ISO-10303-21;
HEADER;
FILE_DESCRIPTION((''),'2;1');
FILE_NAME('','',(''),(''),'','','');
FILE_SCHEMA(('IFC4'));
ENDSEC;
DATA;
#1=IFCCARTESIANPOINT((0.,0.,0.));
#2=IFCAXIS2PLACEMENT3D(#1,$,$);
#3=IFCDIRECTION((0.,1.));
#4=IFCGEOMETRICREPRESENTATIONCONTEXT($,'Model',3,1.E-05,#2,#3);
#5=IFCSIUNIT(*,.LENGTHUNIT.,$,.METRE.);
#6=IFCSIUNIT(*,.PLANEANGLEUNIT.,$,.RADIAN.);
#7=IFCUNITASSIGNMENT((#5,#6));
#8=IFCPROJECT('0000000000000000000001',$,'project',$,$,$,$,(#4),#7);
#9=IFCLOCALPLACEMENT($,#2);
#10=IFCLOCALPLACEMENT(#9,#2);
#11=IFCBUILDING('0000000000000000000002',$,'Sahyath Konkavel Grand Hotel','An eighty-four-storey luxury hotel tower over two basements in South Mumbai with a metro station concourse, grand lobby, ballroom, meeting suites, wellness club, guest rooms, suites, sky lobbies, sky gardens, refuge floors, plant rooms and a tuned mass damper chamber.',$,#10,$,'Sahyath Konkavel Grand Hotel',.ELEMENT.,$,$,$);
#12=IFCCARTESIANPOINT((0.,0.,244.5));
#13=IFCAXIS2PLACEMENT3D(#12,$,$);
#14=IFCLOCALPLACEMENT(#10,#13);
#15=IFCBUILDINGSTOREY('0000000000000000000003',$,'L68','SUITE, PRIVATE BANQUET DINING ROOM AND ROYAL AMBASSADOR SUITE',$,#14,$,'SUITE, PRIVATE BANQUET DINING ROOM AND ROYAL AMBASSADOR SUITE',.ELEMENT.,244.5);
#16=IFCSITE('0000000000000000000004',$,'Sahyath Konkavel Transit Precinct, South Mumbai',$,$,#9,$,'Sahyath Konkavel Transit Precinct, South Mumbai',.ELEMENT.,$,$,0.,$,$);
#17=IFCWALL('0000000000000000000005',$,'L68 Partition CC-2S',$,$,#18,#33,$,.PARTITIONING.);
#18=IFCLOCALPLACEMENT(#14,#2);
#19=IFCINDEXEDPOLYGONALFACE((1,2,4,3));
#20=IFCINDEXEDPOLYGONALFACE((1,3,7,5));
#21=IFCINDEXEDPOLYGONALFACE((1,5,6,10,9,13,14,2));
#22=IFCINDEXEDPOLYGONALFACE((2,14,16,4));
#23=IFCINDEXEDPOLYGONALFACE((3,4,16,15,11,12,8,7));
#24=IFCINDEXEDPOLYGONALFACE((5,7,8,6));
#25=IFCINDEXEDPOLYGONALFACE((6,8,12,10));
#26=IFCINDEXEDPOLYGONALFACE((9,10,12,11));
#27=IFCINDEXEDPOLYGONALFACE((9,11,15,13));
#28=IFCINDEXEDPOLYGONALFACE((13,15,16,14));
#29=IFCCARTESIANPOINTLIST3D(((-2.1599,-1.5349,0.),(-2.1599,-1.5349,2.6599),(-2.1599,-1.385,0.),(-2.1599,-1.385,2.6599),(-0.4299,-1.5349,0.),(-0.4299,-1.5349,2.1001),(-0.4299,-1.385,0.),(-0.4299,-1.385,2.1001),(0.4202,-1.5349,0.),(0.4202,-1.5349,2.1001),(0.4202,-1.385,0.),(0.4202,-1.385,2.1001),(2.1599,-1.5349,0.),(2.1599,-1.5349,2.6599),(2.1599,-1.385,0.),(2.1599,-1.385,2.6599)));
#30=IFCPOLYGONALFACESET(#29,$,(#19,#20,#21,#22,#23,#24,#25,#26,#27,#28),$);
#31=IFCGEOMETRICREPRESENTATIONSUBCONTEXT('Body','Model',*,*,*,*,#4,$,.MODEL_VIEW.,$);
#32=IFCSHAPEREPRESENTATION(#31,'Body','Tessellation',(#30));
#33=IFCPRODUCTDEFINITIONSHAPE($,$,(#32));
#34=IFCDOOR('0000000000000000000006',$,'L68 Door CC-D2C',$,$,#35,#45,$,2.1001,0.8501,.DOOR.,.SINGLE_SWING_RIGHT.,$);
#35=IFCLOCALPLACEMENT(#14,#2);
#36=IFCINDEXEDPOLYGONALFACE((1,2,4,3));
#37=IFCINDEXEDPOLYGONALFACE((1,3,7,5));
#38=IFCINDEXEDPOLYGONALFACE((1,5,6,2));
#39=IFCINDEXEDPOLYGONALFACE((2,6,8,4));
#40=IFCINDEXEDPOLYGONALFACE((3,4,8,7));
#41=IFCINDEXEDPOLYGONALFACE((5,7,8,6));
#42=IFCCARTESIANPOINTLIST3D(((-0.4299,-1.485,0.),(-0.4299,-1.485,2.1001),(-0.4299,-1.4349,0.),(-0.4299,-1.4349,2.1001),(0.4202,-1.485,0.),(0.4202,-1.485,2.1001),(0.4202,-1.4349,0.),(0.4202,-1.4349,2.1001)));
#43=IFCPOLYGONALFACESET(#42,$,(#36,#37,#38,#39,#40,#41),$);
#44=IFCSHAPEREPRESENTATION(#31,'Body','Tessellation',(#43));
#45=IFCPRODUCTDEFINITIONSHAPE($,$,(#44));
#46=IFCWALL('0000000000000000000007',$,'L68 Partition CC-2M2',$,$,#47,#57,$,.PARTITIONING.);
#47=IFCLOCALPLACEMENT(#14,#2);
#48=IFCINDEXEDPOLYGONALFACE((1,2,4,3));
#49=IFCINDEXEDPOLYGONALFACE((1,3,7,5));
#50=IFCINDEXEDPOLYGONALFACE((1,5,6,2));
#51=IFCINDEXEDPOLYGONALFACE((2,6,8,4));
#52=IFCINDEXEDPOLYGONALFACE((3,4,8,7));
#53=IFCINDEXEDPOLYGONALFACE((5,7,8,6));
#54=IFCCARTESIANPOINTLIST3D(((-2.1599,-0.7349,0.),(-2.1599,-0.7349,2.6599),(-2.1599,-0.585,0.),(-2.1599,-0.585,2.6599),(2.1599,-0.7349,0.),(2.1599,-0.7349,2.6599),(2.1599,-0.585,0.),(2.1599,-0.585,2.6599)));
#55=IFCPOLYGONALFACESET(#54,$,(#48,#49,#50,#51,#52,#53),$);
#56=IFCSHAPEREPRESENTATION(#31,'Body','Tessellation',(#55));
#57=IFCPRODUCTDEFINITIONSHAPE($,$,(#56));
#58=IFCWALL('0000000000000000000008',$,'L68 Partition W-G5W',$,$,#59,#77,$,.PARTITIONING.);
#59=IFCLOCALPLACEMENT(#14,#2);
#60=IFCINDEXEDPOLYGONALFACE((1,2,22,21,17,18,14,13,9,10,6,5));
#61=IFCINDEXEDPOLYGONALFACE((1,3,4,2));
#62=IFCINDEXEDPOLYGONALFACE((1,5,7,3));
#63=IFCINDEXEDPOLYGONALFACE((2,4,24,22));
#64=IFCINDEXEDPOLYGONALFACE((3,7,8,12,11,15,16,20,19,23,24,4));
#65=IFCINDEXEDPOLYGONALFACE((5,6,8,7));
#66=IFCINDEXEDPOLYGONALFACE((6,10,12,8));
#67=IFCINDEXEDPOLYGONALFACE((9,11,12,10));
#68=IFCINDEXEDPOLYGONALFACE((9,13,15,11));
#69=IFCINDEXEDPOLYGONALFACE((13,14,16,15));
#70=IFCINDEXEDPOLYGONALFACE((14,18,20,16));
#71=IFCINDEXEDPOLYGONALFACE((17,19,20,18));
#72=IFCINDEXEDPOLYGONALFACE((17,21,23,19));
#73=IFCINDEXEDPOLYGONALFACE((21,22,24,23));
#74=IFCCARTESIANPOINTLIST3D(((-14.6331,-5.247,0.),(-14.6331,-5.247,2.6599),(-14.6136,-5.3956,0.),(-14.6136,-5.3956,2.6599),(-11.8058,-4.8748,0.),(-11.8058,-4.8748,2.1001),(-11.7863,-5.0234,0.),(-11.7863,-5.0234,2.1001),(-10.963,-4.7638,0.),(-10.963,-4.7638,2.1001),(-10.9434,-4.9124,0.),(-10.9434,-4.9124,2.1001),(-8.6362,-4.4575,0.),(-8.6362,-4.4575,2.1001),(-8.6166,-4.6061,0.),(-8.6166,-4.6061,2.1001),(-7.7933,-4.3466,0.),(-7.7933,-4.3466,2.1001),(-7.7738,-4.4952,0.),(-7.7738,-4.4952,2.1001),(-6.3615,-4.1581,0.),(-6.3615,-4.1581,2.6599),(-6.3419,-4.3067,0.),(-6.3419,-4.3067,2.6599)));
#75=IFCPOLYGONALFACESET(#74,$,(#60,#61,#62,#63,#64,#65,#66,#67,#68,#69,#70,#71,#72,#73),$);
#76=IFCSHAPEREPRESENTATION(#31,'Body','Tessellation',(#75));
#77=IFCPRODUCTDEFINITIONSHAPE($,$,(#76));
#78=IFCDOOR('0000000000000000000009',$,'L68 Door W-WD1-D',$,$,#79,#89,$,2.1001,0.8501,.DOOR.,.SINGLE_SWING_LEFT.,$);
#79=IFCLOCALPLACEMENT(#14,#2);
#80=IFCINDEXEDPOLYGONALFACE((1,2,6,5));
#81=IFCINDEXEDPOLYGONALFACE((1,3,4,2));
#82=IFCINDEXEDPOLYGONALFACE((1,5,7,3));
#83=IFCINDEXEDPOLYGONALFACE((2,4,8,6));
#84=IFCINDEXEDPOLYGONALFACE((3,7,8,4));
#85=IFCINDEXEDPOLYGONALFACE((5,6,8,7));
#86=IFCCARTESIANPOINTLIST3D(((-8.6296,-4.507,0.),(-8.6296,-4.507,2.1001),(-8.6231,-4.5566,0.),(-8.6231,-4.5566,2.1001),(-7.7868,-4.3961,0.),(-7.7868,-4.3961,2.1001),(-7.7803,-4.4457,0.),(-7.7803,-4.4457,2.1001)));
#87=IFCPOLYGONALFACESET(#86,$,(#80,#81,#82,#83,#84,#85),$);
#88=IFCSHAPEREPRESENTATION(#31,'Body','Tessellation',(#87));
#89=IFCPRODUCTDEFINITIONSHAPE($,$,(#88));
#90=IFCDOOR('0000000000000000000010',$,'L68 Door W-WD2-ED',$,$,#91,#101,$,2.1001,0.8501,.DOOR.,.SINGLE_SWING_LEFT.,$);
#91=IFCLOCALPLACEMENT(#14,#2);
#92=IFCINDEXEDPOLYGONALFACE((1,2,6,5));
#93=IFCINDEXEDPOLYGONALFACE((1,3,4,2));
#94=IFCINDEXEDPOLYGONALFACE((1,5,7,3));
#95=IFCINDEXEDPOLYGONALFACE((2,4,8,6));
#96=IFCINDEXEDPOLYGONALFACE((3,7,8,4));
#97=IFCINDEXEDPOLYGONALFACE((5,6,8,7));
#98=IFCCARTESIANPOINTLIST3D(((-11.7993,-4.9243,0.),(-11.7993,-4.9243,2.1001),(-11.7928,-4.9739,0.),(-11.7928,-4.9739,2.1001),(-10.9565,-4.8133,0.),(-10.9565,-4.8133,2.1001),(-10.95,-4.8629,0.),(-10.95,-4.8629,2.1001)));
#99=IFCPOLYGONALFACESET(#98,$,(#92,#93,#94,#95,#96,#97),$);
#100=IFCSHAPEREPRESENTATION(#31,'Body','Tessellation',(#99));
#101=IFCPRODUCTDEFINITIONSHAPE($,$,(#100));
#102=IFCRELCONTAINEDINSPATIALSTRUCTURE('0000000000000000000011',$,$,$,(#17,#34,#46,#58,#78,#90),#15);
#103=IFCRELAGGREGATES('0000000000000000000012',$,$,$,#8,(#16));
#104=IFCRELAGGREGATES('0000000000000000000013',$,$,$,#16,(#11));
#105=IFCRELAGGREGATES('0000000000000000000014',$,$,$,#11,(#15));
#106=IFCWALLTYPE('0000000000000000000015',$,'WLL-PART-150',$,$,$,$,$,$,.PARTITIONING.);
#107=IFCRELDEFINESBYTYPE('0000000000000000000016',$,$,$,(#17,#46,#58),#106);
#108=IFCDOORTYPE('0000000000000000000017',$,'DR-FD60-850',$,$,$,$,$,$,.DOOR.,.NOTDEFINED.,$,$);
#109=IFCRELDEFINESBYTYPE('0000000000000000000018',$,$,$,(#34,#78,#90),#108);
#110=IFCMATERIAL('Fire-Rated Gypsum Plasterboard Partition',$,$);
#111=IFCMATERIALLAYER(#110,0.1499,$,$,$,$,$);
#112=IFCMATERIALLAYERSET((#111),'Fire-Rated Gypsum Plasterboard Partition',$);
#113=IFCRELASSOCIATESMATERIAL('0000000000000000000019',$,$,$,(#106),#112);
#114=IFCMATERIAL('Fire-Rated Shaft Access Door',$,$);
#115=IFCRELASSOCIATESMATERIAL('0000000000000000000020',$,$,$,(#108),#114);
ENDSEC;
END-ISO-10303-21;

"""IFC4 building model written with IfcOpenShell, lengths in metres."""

from ifc_helpers import new_model, si_unit, direction, frame, frame_2d, origin, origin_2d, place, context, subcontext, project, spatial, rectangle, extrude, source, transform, mapped, material, layer, layer_set, type_object, element, fill, save


model = new_model("IFC4")

# Units and contexts
model_context = context("Model", 3, precision=1e-05, world=origin(), true_north=direction((0.0, 1.0)))
body_context = subcontext(model_context, "Body", "Model", "MODEL_VIEW")
ifc_project = project(units=[si_unit("LENGTHUNIT", "METRE"), si_unit("PLANEANGLEUNIT", "RADIAN")], contexts=[model_context])

# Site, building, storey
site_placement = place(None, origin())
site = spatial("IfcSite", under=ifc_project, at=site_placement, Name="Sahyath Konkavel Transit Precinct, South Mumbai", LongName="Sahyath Konkavel Transit Precinct, South Mumbai", CompositionType="ELEMENT", RefElevation=0.0)
building_placement = place(site_placement, origin())
building = spatial("IfcBuilding", under=site, at=building_placement, Name="Sahyath Konkavel Grand Hotel", Description="An eighty-four-storey luxury hotel tower over two basements in South Mumbai with a metro station concourse, grand lobby, ballroom, meeting suites, wellness club, guest rooms, suites, sky lobbies, sky gardens, refuge floors, plant rooms and a tuned mass damper chamber.", LongName="Sahyath Konkavel Grand Hotel", CompositionType="ELEMENT")
storey_placement = place(building_placement, frame((0.0, 0.0, 244.5)))
storey = spatial("IfcBuildingStorey", under=building, at=storey_placement, Name="L68", Description="SUITE, PRIVATE BANQUET DINING ROOM AND ROYAL AMBASSADOR SUITE", LongName="SUITE, PRIVATE BANQUET DINING ROOM AND ROYAL AMBASSADOR SUITE", CompositionType="ELEMENT", Elevation=244.5)

# Shared definitions
ifc_material_1 = material(Name="Fire-Rated Gypsum Plasterboard Partition")
ifc_layer_1 = layer(ifc_material_1, 0.1499)
ifc_layer_set_1 = layer_set([ifc_layer_1], Name="Fire-Rated Gypsum Plasterboard Partition")
wall_type_1 = type_object("IfcWallType", Name="WLL-PART-150", PredefinedType="PARTITIONING", material=ifc_layer_set_1)

# Wall, opening, door
wall_1_placement = place(storey_placement, frame((-2.1599, -1.46, 0.0), z_axis=(0.0, 0.0, 1.0), x_axis=(1.0, 0.0, 0.0)))
wall_1 = element("IfcWall", 1, at=wall_1_placement, inside=storey, type_object=wall_type_1, Name="L68 Partition CC-2S", PredefinedType="PARTITIONING", context=body_context, shape_type="SweptSolid", body=[
    extrude(rectangle(XDim=4.3198, YDim=0.1499, at=frame_2d((2.1599, 0.0))), origin(), (0.0, 0.0, 1.0), 2.6599),
])
opening_1_placement = place(wall_1_placement, frame((1.73, 0.0, 0.0)))
opening_1 = element("IfcOpeningElement", 2, at=opening_1_placement, cuts=wall_1, PredefinedType="OPENING", context=body_context, shape_type="SweptSolid", body=[
    extrude(rectangle(XDim=0.8501, YDim=2.1001, at=frame_2d((0.425, 1.05))), frame((0.0, 0.085, 0.0), z_axis=(0.0, -1.0, 0.0), x_axis=(1.0, 0.0, 0.0)), (0.0, 0.0, 1.0), 0.1699),
])
ifc_material_2 = material(Name="Fire-Rated Shaft Access Door")
door_type_1 = type_object("IfcDoorType", Name="DR-FD60-850", OperationType="NOTDEFINED", PredefinedType="DOOR", material=ifc_material_2)
shared_shape_1 = source(origin(), body_context, "Body", "SweptSolid", [
    extrude(rectangle(XDim=0.8501, YDim=0.05, at=origin_2d()), origin(), (0.0, 0.0, 1.0), 2.1001),
])
door_1_placement = place(opening_1_placement, frame((0.425, 0.0, 0.0)))
door_1 = element("IfcDoor", 3, at=door_1_placement, inside=storey, type_object=door_type_1, Name="L68 Door CC-D2C", OperationType="SINGLE_SWING_RIGHT", OverallHeight=2.1001, OverallWidth=0.8501, PredefinedType="DOOR", context=body_context, shape_type="MappedRepresentation", body=[
    mapped(shared_shape_1, transform((0.0, 0.0, 0.0), scale=1.0)),
])
fill(opening_1, door_1)

# Wall
wall_2_placement = place(storey_placement, frame((-2.1599, -0.6599, 0.0), z_axis=(0.0, 0.0, 1.0), x_axis=(1.0, 0.0, 0.0)))
element("IfcWall", 4, at=wall_2_placement, inside=storey, type_object=wall_type_1, Name="L68 Partition CC-2M2", PredefinedType="PARTITIONING", context=body_context, shape_type="SweptSolid", body=[
    extrude(rectangle(XDim=4.3198, YDim=0.1499, at=frame_2d((2.1599, 0.0))), origin(), (0.0, 0.0, 1.0), 2.6599),
])

# Wall, openings, doors
wall_3_placement = place(storey_placement, frame((-6.3518, -4.2324, 0.0), z_axis=(0.0, 0.0, 1.0), x_axis=(-0.991447, -0.130511, 0.0)))
wall_3 = element("IfcWall", 5, at=wall_3_placement, inside=storey, type_object=wall_type_1, Name="L68 Partition W-G5W", PredefinedType="PARTITIONING", context=body_context, shape_type="SweptSolid", body=[
    extrude(rectangle(XDim=8.343, YDim=0.1499, at=frame_2d((4.1714, 0.0))), origin(), (0.0, 0.0, 1.0), 2.6599),
])
opening_2_placement = place(wall_3_placement, frame((1.4441, 0.0, 0.0)))
opening_2 = element("IfcOpeningElement", 6, at=opening_2_placement, cuts=wall_3, PredefinedType="OPENING", context=body_context, shape_type="SweptSolid", body=[
    extrude(rectangle(XDim=0.8501, YDim=2.1001, at=frame_2d((0.425, 1.05))), frame((0.0, 0.085, 0.0), z_axis=(0.0, -1.0, 0.0), x_axis=(1.0, 0.0, 0.0)), (0.0, 0.0, 1.0), 0.1699),
])
opening_3_placement = place(wall_3_placement, frame((4.6411, 0.0, 0.0)))
opening_3 = element("IfcOpeningElement", 7, at=opening_3_placement, cuts=wall_3, PredefinedType="OPENING", context=body_context, shape_type="SweptSolid", body=[
    extrude(rectangle(XDim=0.8501, YDim=2.1001, at=frame_2d((0.425, 1.05))), frame((0.0, 0.085, 0.0), z_axis=(0.0, -1.0, 0.0), x_axis=(1.0, 0.0, 0.0)), (0.0, 0.0, 1.0), 0.1699),
])
door_2_placement = place(opening_2_placement, frame((0.425, 0.0, 0.0)))
door_2 = element("IfcDoor", 8, at=door_2_placement, inside=storey, type_object=door_type_1, Name="L68 Door W-WD1-D", OperationType="SINGLE_SWING_LEFT", OverallHeight=2.1001, OverallWidth=0.8501, PredefinedType="DOOR", context=body_context, shape_type="MappedRepresentation", body=[
    mapped(shared_shape_1, transform((0.0, 0.0, 0.0), scale=1.0)),
])
fill(opening_2, door_2)
door_3_placement = place(opening_3_placement, frame((0.425, 0.0, 0.0)))
door_3 = element("IfcDoor", 9, at=door_3_placement, inside=storey, type_object=door_type_1, Name="L68 Door W-WD2-ED", OperationType="SINGLE_SWING_LEFT", OverallHeight=2.1001, OverallWidth=0.8501, PredefinedType="DOOR", context=body_context, shape_type="MappedRepresentation", body=[
    mapped(shared_shape_1, transform((0.0, 0.0, 0.0), scale=1.0)),
])
fill(opening_3, door_3)

save(model, "model.ifc")
